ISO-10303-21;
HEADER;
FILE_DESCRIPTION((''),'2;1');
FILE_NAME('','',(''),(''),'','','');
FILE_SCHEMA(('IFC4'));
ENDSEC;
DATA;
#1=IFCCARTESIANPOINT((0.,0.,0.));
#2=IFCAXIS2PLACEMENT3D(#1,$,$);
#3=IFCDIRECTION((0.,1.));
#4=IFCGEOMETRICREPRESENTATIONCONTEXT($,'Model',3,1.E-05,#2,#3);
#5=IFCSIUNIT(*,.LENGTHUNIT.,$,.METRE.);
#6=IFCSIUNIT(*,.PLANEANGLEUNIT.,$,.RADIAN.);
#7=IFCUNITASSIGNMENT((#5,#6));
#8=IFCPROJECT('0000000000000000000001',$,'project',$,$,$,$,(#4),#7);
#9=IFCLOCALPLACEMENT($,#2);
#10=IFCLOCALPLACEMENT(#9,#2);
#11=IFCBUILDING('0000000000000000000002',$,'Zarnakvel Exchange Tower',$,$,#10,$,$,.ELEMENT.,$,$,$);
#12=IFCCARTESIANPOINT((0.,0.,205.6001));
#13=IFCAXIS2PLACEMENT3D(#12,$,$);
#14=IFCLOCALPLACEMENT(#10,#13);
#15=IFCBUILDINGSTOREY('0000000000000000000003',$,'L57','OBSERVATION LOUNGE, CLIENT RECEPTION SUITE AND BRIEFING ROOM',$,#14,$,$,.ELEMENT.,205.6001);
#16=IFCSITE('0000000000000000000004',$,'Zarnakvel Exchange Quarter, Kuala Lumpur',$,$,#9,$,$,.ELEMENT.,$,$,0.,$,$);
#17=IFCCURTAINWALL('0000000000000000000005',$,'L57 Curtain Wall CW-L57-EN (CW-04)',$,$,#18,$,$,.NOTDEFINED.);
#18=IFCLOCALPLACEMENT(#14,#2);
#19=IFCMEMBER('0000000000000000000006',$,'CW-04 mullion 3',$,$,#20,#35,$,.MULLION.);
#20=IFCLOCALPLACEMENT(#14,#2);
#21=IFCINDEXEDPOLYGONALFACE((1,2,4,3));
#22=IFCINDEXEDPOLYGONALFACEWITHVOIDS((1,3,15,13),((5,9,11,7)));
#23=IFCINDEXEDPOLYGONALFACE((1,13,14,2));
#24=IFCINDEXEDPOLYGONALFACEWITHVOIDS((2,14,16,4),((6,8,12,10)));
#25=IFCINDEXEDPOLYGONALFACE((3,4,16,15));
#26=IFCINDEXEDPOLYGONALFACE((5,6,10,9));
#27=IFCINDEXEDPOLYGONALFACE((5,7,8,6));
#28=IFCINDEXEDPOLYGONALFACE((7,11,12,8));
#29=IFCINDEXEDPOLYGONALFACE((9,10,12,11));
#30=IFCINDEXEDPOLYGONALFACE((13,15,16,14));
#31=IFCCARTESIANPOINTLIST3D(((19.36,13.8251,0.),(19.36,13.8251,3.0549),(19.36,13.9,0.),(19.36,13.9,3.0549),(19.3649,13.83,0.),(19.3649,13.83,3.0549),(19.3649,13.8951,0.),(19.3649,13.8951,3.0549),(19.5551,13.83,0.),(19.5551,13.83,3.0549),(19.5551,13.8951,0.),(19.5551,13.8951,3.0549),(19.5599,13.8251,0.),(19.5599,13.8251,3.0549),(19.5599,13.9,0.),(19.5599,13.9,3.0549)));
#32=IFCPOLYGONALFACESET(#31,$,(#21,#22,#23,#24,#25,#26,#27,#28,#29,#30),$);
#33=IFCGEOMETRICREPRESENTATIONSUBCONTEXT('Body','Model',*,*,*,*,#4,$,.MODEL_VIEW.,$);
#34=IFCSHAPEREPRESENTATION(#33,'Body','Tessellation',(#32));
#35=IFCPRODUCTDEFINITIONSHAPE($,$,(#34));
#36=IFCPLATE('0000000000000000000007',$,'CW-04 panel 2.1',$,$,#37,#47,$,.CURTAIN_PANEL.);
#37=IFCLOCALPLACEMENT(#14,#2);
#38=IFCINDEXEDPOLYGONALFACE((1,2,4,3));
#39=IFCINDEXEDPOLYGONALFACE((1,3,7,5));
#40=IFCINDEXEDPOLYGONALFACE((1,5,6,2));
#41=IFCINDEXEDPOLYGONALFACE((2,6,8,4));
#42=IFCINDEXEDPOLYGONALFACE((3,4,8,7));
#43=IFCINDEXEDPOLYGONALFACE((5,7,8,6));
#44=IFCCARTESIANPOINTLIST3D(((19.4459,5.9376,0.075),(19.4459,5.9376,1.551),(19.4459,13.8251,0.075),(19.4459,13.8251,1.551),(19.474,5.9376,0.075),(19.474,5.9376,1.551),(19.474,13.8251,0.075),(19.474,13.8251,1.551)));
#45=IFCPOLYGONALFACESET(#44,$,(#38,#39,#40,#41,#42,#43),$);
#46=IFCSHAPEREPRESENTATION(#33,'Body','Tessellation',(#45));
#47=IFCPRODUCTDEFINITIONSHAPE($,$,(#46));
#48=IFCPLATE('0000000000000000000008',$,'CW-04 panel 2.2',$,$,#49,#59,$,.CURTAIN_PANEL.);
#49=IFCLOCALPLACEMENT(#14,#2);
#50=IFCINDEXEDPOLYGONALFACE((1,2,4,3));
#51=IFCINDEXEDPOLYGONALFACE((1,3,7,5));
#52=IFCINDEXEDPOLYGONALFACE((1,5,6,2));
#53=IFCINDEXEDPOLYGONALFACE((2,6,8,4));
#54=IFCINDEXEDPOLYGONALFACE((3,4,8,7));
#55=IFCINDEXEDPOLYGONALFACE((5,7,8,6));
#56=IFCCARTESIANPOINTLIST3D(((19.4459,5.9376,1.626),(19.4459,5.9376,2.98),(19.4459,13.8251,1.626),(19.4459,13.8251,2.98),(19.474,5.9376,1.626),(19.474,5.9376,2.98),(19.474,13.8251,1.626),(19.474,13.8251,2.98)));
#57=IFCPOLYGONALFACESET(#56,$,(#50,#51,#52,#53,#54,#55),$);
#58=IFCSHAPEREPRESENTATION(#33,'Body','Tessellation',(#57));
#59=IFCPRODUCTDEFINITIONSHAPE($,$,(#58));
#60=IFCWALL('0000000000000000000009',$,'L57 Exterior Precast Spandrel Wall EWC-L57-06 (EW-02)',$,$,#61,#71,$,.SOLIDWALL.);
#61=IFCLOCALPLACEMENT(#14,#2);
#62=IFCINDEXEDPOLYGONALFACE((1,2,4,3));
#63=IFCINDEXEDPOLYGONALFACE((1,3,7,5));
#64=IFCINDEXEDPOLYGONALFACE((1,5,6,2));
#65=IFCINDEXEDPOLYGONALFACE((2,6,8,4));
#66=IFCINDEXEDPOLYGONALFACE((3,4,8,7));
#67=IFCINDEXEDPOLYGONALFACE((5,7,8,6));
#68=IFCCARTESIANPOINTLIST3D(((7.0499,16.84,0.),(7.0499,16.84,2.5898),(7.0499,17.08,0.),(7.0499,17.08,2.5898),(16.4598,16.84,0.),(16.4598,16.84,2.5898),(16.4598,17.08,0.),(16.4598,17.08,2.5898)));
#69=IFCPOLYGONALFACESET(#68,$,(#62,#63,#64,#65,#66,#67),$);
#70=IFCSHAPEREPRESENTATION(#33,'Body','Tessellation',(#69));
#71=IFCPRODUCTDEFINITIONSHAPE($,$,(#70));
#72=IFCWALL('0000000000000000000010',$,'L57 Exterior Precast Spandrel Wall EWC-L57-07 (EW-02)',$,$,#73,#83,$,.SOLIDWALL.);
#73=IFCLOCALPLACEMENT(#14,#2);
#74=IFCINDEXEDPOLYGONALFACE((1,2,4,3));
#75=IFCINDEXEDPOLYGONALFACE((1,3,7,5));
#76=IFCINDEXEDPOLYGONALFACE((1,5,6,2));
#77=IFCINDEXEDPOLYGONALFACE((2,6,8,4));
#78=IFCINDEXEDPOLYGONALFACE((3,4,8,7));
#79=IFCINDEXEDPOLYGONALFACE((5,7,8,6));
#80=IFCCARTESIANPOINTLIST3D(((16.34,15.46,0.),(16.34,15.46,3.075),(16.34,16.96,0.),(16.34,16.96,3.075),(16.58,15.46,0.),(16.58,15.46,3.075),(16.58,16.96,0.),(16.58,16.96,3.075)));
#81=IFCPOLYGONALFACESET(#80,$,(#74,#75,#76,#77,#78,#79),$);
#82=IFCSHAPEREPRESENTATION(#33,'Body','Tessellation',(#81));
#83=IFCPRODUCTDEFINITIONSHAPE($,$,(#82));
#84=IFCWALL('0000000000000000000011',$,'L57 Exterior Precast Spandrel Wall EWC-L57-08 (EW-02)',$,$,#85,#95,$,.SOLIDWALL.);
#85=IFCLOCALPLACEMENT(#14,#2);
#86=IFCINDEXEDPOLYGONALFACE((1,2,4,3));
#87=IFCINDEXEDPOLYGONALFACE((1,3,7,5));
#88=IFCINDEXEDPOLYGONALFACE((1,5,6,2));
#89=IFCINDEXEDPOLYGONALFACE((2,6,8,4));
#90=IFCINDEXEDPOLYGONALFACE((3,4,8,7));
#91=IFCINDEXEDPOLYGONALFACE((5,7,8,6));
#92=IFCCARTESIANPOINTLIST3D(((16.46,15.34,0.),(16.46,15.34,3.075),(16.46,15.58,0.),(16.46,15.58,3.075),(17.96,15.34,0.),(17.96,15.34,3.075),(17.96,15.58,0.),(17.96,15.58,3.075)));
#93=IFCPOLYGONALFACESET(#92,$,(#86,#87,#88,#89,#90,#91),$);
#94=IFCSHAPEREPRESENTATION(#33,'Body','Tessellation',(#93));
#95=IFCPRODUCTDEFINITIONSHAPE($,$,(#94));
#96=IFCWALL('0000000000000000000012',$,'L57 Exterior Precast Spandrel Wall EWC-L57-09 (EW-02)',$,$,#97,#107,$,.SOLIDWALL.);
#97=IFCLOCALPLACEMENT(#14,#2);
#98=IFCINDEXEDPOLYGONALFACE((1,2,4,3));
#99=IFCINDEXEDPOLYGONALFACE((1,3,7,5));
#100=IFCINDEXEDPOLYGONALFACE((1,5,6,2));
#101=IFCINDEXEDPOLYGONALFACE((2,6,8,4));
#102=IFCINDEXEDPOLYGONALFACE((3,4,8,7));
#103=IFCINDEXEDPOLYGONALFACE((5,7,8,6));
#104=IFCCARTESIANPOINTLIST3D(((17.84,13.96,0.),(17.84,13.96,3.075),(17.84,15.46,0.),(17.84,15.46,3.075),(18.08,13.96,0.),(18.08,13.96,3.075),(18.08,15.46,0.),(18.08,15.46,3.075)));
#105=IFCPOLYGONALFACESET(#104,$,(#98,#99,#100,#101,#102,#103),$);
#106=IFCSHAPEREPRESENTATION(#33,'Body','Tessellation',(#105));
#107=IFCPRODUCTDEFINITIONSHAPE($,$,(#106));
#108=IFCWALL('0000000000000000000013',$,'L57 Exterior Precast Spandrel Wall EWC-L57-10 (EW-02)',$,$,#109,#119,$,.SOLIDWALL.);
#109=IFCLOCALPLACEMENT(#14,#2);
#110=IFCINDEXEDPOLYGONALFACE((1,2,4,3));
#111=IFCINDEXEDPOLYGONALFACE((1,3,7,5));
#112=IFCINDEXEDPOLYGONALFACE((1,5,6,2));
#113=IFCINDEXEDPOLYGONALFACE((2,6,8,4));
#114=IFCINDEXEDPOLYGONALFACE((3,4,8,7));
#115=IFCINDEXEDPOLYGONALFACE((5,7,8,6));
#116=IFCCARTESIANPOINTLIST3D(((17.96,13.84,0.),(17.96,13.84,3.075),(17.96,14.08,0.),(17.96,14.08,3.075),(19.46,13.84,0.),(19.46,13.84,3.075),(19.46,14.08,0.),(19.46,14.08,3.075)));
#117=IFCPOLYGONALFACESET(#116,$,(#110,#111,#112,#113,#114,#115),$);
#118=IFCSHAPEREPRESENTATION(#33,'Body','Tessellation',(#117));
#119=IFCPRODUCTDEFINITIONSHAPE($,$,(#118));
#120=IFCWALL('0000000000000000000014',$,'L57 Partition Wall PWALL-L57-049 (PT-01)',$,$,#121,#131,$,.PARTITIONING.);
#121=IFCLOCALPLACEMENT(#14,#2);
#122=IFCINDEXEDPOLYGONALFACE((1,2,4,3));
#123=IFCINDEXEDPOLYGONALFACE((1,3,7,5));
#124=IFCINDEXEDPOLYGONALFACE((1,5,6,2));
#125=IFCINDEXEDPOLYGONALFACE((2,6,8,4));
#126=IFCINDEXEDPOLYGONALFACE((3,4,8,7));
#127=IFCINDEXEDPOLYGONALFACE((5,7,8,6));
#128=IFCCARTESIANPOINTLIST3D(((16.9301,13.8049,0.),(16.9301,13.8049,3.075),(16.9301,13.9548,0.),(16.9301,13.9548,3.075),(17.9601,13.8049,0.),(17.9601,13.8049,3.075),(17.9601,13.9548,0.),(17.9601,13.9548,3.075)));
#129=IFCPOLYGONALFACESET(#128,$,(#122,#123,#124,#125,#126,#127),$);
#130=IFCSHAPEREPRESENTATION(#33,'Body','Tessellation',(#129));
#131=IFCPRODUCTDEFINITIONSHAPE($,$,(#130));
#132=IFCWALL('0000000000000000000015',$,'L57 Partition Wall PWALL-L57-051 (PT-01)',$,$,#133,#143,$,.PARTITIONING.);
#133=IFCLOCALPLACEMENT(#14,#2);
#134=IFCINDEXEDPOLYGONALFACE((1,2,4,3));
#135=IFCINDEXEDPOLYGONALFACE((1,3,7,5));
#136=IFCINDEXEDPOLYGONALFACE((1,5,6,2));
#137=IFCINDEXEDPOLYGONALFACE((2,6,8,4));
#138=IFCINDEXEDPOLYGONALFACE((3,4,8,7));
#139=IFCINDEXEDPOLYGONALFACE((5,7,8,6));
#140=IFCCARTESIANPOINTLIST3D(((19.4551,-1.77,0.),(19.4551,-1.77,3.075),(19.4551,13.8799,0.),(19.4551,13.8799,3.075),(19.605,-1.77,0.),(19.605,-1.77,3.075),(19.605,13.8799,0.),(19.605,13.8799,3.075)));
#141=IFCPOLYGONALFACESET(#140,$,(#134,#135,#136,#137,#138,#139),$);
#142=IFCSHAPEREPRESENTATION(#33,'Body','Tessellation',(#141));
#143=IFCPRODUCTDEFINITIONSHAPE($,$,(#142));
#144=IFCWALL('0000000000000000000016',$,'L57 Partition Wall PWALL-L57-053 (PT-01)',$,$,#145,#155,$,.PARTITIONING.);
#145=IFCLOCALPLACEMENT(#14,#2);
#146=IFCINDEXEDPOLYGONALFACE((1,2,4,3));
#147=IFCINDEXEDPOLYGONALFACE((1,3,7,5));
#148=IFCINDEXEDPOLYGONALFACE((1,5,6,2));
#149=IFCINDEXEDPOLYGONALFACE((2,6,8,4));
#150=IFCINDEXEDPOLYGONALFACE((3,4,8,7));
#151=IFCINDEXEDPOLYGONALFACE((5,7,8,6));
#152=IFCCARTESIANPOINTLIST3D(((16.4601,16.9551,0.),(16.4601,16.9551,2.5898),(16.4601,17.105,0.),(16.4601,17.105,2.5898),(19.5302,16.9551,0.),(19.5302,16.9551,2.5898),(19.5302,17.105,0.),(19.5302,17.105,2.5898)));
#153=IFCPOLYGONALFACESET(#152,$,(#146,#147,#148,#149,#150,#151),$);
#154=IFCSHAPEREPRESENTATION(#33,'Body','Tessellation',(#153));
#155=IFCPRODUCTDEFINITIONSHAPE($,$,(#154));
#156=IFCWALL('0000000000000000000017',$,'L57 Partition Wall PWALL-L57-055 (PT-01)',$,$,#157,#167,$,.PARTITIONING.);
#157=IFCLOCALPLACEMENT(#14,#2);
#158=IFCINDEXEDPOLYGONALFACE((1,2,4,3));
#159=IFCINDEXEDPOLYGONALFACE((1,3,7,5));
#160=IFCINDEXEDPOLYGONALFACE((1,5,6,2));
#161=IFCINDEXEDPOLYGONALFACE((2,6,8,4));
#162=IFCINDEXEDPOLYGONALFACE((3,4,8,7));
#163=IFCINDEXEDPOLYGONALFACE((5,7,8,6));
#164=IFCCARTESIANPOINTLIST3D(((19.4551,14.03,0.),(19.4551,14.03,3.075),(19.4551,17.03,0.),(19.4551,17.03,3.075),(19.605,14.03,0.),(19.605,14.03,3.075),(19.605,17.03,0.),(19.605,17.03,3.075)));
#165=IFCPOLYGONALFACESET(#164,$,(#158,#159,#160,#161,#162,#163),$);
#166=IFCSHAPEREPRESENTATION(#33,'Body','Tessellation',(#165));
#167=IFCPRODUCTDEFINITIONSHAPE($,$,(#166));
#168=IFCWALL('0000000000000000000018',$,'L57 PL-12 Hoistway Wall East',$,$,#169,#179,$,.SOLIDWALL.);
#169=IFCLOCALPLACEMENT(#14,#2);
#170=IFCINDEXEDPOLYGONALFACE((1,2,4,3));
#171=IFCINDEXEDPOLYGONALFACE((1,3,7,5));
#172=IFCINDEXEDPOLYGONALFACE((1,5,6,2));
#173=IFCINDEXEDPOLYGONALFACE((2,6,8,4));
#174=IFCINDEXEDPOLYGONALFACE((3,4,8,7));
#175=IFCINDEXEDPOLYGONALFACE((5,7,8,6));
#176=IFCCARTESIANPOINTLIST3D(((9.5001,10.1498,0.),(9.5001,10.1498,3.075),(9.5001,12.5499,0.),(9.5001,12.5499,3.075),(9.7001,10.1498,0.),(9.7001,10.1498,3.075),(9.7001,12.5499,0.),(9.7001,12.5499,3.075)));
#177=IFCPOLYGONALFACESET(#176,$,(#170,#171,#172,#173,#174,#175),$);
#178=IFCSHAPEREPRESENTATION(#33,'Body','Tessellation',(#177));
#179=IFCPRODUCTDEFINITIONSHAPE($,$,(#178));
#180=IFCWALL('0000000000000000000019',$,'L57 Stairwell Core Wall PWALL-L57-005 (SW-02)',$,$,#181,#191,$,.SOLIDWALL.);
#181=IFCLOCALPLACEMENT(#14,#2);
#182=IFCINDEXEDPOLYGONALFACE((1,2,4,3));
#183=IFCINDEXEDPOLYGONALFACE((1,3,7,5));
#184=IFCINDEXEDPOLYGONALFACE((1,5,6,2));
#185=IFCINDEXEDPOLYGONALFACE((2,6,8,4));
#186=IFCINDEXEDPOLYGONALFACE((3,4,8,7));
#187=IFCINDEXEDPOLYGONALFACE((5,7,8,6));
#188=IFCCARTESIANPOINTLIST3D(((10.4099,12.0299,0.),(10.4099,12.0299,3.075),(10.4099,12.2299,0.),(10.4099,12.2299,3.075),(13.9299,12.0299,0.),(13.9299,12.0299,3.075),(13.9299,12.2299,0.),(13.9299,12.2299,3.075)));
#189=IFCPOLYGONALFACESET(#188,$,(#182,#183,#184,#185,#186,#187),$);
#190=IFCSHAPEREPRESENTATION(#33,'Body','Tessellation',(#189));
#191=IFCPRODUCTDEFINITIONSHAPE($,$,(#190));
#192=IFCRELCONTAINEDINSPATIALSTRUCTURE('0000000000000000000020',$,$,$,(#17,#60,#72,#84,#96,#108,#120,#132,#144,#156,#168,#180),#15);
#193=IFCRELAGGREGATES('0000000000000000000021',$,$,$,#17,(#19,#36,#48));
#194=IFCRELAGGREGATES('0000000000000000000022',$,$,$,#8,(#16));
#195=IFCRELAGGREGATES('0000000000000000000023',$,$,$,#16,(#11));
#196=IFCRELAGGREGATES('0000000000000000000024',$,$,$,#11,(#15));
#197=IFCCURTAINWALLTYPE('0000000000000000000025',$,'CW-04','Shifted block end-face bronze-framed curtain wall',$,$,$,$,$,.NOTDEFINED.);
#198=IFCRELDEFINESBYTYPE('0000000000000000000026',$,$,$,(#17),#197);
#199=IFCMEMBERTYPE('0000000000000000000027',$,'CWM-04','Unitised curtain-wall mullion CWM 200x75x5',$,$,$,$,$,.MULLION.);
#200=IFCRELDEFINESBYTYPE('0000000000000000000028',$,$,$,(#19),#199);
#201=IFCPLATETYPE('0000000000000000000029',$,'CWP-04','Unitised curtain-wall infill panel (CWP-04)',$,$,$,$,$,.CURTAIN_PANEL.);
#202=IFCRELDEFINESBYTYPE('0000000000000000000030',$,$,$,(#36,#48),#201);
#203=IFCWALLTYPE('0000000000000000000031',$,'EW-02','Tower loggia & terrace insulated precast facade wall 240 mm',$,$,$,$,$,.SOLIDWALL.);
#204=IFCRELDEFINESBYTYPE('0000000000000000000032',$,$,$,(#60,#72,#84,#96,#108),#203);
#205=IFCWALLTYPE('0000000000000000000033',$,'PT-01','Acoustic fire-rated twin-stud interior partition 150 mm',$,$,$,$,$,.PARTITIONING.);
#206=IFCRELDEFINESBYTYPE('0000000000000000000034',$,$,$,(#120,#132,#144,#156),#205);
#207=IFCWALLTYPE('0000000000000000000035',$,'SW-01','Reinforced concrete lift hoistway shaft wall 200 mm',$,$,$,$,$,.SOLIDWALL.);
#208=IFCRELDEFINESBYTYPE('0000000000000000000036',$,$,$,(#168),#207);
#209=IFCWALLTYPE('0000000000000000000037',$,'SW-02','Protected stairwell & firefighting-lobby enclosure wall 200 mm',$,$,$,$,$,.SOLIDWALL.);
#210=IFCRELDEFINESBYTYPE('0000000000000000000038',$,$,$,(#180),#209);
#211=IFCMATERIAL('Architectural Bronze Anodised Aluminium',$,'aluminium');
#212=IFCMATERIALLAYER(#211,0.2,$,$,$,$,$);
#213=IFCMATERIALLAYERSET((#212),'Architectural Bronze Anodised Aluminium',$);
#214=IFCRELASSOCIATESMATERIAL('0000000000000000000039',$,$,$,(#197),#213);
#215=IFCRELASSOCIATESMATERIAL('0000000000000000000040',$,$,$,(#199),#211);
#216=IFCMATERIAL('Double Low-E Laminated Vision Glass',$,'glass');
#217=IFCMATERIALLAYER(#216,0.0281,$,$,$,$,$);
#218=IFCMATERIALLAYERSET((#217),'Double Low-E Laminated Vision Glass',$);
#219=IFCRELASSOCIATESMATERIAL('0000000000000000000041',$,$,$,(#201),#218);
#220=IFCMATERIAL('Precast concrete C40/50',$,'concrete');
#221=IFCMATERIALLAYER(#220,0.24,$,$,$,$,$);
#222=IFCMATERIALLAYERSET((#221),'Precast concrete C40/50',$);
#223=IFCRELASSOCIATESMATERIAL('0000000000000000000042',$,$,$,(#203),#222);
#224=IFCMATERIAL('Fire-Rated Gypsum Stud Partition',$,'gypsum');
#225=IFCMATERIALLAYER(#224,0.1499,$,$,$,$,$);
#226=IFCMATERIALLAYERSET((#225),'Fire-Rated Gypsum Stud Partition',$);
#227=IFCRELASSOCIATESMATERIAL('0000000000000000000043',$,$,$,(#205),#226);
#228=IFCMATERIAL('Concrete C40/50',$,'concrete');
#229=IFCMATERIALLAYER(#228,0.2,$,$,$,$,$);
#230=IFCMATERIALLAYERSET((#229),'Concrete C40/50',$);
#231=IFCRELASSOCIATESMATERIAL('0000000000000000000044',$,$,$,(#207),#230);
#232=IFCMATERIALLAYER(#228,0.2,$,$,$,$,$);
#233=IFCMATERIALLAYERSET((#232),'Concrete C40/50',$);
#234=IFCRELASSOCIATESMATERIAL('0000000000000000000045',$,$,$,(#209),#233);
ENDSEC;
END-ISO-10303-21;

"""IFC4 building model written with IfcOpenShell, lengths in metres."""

from ifc_helpers import new_model, si_unit, direction, frame, frame_2d, origin, origin_2d, place, context, subcontext, project, spatial, rectangle, hollow_rectangle, extrude, source, transform, mapped, material, layer, layer_set, material_profile, profile_set, type_object, element, aggregate, save


model = new_model("IFC4")

# Units and contexts
model_context = context("Model", 3, precision=1e-05, world=origin(), true_north=direction((0.0, 1.0)))
body_context = subcontext(model_context, "Body", "Model", "MODEL_VIEW")
ifc_project = project(units=[si_unit("LENGTHUNIT", "METRE"), si_unit("PLANEANGLEUNIT", "RADIAN")], contexts=[model_context])

# Site, building, storey
site_placement = place(None, origin())
site = spatial("IfcSite", under=ifc_project, at=site_placement, Name="Zarnakvel Exchange Quarter, Kuala Lumpur", CompositionType="ELEMENT", RefElevation=0.0)
building_placement = place(site_placement, origin())
building = spatial("IfcBuilding", under=site, at=building_placement, Name="Zarnakvel Exchange Tower", CompositionType="ELEMENT")
storey_placement = place(building_placement, frame((0.0, 0.0, 205.6001)))
storey = spatial("IfcBuildingStorey", under=building, at=storey_placement, Name="L57", Description="OBSERVATION LOUNGE, CLIENT RECEPTION SUITE AND BRIEFING ROOM", CompositionType="ELEMENT", Elevation=205.6001)

# Curtain wall, member, plates
ifc_material_1 = material(Name="Architectural Bronze Anodised Aluminium", Category="aluminium")
ifc_layer_1 = layer(ifc_material_1, 0.2)
ifc_layer_set_1 = layer_set([ifc_layer_1], Name="Architectural Bronze Anodised Aluminium")
curtain_wall_type = type_object("IfcCurtainWallType", Name="CW-04", Description="Shifted block end-face bronze-framed curtain wall", PredefinedType="NOTDEFINED", material=ifc_layer_set_1)
curtain_wall_placement = place(storey_placement, origin())
curtain_wall = element("IfcCurtainWall", 1, at=curtain_wall_placement, inside=storey, type_object=curtain_wall_type, Name="L57 Curtain Wall CW-L57-EN (CW-04)", PredefinedType="NOTDEFINED")
ifc_material_profile_1 = material_profile(ifc_material_1, hollow_rectangle(XDim=0.2, YDim=0.075, WallThickness=0.0049, at=origin_2d()))
ifc_profile_set_1 = profile_set([ifc_material_profile_1], Name="Architectural Bronze Anodised Aluminium")
member_type = type_object("IfcMemberType", Name="CWM-04", Description="Unitised curtain-wall mullion CWM 200x75x5", PredefinedType="MULLION", material=ifc_profile_set_1)
shared_shape_1 = source(origin(), body_context, "Body", "SweptSolid", [
    extrude(hollow_rectangle(XDim=0.2, YDim=0.075, WallThickness=0.0049, at=origin_2d()), origin(), (0.0, 0.0, 1.0), 3.0549),
])
member_placement = place(storey_placement, frame((19.46, 13.8625, 0.0), z_axis=(0.0, 0.0, 1.0), x_axis=(-1.0, 0.0, 0.0)))
member = element("IfcMember", 2, at=member_placement, type_object=member_type, Name="CW-04 mullion 3", PredefinedType="MULLION", context=body_context, shape_type="MappedRepresentation", body=[
    mapped(shared_shape_1, transform((0.0, 0.0, 0.0), x_axis=(1.0, 0.0, 0.0), y_axis=(0.0, 1.0, 0.0), z_axis=(0.0, 0.0, 1.0), scale=1.0)),
])
ifc_material_2 = material(Name="Double Low-E Laminated Vision Glass", Category="glass")
ifc_layer_2 = layer(ifc_material_2, 0.0281)
ifc_layer_set_2 = layer_set([ifc_layer_2], Name="Double Low-E Laminated Vision Glass")
plate_type = type_object("IfcPlateType", Name="CWP-04", Description="Unitised curtain-wall infill panel (CWP-04)", PredefinedType="CURTAIN_PANEL", material=ifc_layer_set_2)
shared_shape_2 = source(origin(), body_context, "Body", "SweptSolid", [
    extrude(rectangle(XDim=7.8875, YDim=0.0281, at=origin_2d()), origin(), (0.0, 0.0, 1.0), 1.4761),
])
plate_1_placement = place(storey_placement, frame((19.46, 9.8813, 0.075), z_axis=(0.0, 0.0, 1.0), x_axis=(0.0, 1.0, 0.0)))
plate_1 = element("IfcPlate", 3, at=plate_1_placement, type_object=plate_type, Name="CW-04 panel 2.1", PredefinedType="CURTAIN_PANEL", context=body_context, shape_type="MappedRepresentation", body=[
    mapped(shared_shape_2, transform((0.0, 0.0, 0.0), x_axis=(1.0, 0.0, 0.0), y_axis=(0.0, 1.0, 0.0), z_axis=(0.0, 0.0, 1.0), scale=1.0)),
])
shared_shape_3 = source(origin(), body_context, "Body", "SweptSolid", [
    extrude(rectangle(XDim=7.8875, YDim=0.0281, at=origin_2d()), origin(), (0.0, 0.0, 1.0), 1.354),
])
plate_2_placement = place(storey_placement, frame((19.46, 9.8813, 1.626), z_axis=(0.0, 0.0, 1.0), x_axis=(0.0, 1.0, 0.0)))
plate_2 = element("IfcPlate", 4, at=plate_2_placement, type_object=plate_type, Name="CW-04 panel 2.2", PredefinedType="CURTAIN_PANEL", context=body_context, shape_type="MappedRepresentation", body=[
    mapped(shared_shape_3, transform((0.0, 0.0, 0.0), x_axis=(1.0, 0.0, 0.0), y_axis=(0.0, 1.0, 0.0), z_axis=(0.0, 0.0, 1.0), scale=1.0)),
])
aggregate(curtain_wall, [member, plate_1, plate_2])

# Walls
ifc_material_3 = material(Name="Precast concrete C40/50", Category="concrete")
ifc_layer_3 = layer(ifc_material_3, 0.24)
ifc_layer_set_3 = layer_set([ifc_layer_3], Name="Precast concrete C40/50")
wall_type_1 = type_object("IfcWallType", Name="EW-02", Description="Tower loggia & terrace insulated precast facade wall 240 mm", PredefinedType="SOLIDWALL", material=ifc_layer_set_3)
wall_1_placement = place(storey_placement, frame((16.46, 16.96, 0.0), z_axis=(0.0, 0.0, 1.0), x_axis=(-1.0, 0.0, 0.0)))
element("IfcWall", 5, at=wall_1_placement, inside=storey, type_object=wall_type_1, Name="L57 Exterior Precast Spandrel Wall EWC-L57-06 (EW-02)", PredefinedType="SOLIDWALL", context=body_context, shape_type="SweptSolid", body=[
    extrude(rectangle(XDim=9.4099, YDim=0.24, at=frame_2d((4.7051, 0.0))), origin(), (0.0, 0.0, 1.0), 2.5898),
])
for number, where, z_axis, x_axis, name in (
    (6, (16.46, 15.46, 0.0), (0.0, 0.0, 1.0), (0.0, 1.0, 0.0), "L57 Exterior Precast Spandrel Wall EWC-L57-07 (EW-02)"),
    (7, (17.96, 15.46, 0.0), (0.0, 0.0, 1.0), (-1.0, 0.0, 0.0), "L57 Exterior Precast Spandrel Wall EWC-L57-08 (EW-02)"),
    (8, (17.96, 13.96, 0.0), (0.0, 0.0, 1.0), (0.0, 1.0, 0.0), "L57 Exterior Precast Spandrel Wall EWC-L57-09 (EW-02)"),
    (9, (19.46, 13.96, 0.0), (0.0, 0.0, 1.0), (-1.0, 0.0, 0.0), "L57 Exterior Precast Spandrel Wall EWC-L57-10 (EW-02)"),
):
    element("IfcWall", number, at=place(storey_placement, frame(where, z_axis=z_axis, x_axis=x_axis)), inside=storey, type_object=wall_type_1, Name=name, PredefinedType="SOLIDWALL", context=body_context, shape_type="SweptSolid", body=[
        extrude(rectangle(XDim=1.5, YDim=0.24, at=frame_2d((0.75, 0.0))), origin(), (0.0, 0.0, 1.0), 3.075),
    ])
ifc_material_4 = material(Name="Fire-Rated Gypsum Stud Partition", Category="gypsum")
ifc_layer_4 = layer(ifc_material_4, 0.1499)
ifc_layer_set_4 = layer_set([ifc_layer_4], Name="Fire-Rated Gypsum Stud Partition")
wall_type_2 = type_object("IfcWallType", Name="PT-01", Description="Acoustic fire-rated twin-stud interior partition 150 mm", PredefinedType="PARTITIONING", material=ifc_layer_set_4)
wall_2_placement = place(storey_placement, frame((16.9299, 13.8799, 0.0), z_axis=(0.0, 0.0, 1.0), x_axis=(1.0, 0.0, 0.0)))
element("IfcWall", 10, at=wall_2_placement, inside=storey, type_object=wall_type_2, Name="L57 Partition Wall PWALL-L57-049 (PT-01)", PredefinedType="PARTITIONING", context=body_context, shape_type="SweptSolid", body=[
    extrude(rectangle(XDim=1.03, YDim=0.1499, at=frame_2d((0.5151, 0.0))), origin(), (0.0, 0.0, 1.0), 3.075),
])
wall_3_placement = place(storey_placement, frame((19.53, 13.8799, 0.0), z_axis=(0.0, 0.0, 1.0), x_axis=(0.0, -1.0, 0.0)))
element("IfcWall", 11, at=wall_3_placement, inside=storey, type_object=wall_type_2, Name="L57 Partition Wall PWALL-L57-051 (PT-01)", PredefinedType="PARTITIONING", context=body_context, shape_type="SweptSolid", body=[
    extrude(rectangle(XDim=15.6499, YDim=0.1499, at=frame_2d((7.825, 0.0))), origin(), (0.0, 0.0, 1.0), 3.075),
])
wall_4_placement = place(storey_placement, frame((16.46, 17.03, 0.0), z_axis=(0.0, 0.0, 1.0), x_axis=(1.0, 0.0, 0.0)))
element("IfcWall", 12, at=wall_4_placement, inside=storey, type_object=wall_type_2, Name="L57 Partition Wall PWALL-L57-053 (PT-01)", PredefinedType="PARTITIONING", context=body_context, shape_type="SweptSolid", body=[
    extrude(rectangle(XDim=3.0701, YDim=0.1499, at=frame_2d((1.5352, 0.0))), origin(), (0.0, 0.0, 1.0), 2.5898),
])
wall_5_placement = place(storey_placement, frame((19.53, 17.03, 0.0), z_axis=(0.0, 0.0, 1.0), x_axis=(0.0, -1.0, 0.0)))
element("IfcWall", 13, at=wall_5_placement, inside=storey, type_object=wall_type_2, Name="L57 Partition Wall PWALL-L57-055 (PT-01)", PredefinedType="PARTITIONING", context=body_context, shape_type="SweptSolid", body=[
    extrude(rectangle(XDim=3.0, YDim=0.1499, at=frame_2d((1.5, 0.0))), origin(), (0.0, 0.0, 1.0), 3.075),
])
ifc_material_5 = material(Name="Concrete C40/50", Category="concrete")
ifc_layer_5 = layer(ifc_material_5, 0.2)
ifc_layer_set_5 = layer_set([ifc_layer_5], Name="Concrete C40/50")
wall_type_3 = type_object("IfcWallType", Name="SW-01", Description="Reinforced concrete lift hoistway shaft wall 200 mm", PredefinedType="SOLIDWALL", material=ifc_layer_set_5)
wall_6_placement = place(storey_placement, frame((9.6001, 12.55, 0.0), z_axis=(0.0, 0.0, 1.0), x_axis=(0.0, -1.0, 0.0)))
element("IfcWall", 14, at=wall_6_placement, inside=storey, type_object=wall_type_3, Name="L57 PL-12 Hoistway Wall East", PredefinedType="SOLIDWALL", context=body_context, shape_type="SweptSolid", body=[
    extrude(rectangle(XDim=2.4001, YDim=0.2, at=frame_2d((1.2002, 0.0))), origin(), (0.0, 0.0, 1.0), 3.075),
])
ifc_layer_6 = layer(ifc_material_5, 0.2)
ifc_layer_set_6 = layer_set([ifc_layer_6], Name="Concrete C40/50")
wall_type_4 = type_object("IfcWallType", Name="SW-02", Description="Protected stairwell & firefighting-lobby enclosure wall 200 mm", PredefinedType="SOLIDWALL", material=ifc_layer_set_6)
wall_7_placement = place(storey_placement, frame((10.4099, 12.1299, 0.0), z_axis=(0.0, 0.0, 1.0), x_axis=(1.0, 0.0, 0.0)))
element("IfcWall", 15, at=wall_7_placement, inside=storey, type_object=wall_type_4, Name="L57 Stairwell Core Wall PWALL-L57-005 (SW-02)", PredefinedType="SOLIDWALL", context=body_context, shape_type="SweptSolid", body=[
    extrude(rectangle(XDim=3.52, YDim=0.2, at=frame_2d((1.76, 0.0))), origin(), (0.0, 0.0, 1.0), 3.075),
])

save(model, "model.ifc")
